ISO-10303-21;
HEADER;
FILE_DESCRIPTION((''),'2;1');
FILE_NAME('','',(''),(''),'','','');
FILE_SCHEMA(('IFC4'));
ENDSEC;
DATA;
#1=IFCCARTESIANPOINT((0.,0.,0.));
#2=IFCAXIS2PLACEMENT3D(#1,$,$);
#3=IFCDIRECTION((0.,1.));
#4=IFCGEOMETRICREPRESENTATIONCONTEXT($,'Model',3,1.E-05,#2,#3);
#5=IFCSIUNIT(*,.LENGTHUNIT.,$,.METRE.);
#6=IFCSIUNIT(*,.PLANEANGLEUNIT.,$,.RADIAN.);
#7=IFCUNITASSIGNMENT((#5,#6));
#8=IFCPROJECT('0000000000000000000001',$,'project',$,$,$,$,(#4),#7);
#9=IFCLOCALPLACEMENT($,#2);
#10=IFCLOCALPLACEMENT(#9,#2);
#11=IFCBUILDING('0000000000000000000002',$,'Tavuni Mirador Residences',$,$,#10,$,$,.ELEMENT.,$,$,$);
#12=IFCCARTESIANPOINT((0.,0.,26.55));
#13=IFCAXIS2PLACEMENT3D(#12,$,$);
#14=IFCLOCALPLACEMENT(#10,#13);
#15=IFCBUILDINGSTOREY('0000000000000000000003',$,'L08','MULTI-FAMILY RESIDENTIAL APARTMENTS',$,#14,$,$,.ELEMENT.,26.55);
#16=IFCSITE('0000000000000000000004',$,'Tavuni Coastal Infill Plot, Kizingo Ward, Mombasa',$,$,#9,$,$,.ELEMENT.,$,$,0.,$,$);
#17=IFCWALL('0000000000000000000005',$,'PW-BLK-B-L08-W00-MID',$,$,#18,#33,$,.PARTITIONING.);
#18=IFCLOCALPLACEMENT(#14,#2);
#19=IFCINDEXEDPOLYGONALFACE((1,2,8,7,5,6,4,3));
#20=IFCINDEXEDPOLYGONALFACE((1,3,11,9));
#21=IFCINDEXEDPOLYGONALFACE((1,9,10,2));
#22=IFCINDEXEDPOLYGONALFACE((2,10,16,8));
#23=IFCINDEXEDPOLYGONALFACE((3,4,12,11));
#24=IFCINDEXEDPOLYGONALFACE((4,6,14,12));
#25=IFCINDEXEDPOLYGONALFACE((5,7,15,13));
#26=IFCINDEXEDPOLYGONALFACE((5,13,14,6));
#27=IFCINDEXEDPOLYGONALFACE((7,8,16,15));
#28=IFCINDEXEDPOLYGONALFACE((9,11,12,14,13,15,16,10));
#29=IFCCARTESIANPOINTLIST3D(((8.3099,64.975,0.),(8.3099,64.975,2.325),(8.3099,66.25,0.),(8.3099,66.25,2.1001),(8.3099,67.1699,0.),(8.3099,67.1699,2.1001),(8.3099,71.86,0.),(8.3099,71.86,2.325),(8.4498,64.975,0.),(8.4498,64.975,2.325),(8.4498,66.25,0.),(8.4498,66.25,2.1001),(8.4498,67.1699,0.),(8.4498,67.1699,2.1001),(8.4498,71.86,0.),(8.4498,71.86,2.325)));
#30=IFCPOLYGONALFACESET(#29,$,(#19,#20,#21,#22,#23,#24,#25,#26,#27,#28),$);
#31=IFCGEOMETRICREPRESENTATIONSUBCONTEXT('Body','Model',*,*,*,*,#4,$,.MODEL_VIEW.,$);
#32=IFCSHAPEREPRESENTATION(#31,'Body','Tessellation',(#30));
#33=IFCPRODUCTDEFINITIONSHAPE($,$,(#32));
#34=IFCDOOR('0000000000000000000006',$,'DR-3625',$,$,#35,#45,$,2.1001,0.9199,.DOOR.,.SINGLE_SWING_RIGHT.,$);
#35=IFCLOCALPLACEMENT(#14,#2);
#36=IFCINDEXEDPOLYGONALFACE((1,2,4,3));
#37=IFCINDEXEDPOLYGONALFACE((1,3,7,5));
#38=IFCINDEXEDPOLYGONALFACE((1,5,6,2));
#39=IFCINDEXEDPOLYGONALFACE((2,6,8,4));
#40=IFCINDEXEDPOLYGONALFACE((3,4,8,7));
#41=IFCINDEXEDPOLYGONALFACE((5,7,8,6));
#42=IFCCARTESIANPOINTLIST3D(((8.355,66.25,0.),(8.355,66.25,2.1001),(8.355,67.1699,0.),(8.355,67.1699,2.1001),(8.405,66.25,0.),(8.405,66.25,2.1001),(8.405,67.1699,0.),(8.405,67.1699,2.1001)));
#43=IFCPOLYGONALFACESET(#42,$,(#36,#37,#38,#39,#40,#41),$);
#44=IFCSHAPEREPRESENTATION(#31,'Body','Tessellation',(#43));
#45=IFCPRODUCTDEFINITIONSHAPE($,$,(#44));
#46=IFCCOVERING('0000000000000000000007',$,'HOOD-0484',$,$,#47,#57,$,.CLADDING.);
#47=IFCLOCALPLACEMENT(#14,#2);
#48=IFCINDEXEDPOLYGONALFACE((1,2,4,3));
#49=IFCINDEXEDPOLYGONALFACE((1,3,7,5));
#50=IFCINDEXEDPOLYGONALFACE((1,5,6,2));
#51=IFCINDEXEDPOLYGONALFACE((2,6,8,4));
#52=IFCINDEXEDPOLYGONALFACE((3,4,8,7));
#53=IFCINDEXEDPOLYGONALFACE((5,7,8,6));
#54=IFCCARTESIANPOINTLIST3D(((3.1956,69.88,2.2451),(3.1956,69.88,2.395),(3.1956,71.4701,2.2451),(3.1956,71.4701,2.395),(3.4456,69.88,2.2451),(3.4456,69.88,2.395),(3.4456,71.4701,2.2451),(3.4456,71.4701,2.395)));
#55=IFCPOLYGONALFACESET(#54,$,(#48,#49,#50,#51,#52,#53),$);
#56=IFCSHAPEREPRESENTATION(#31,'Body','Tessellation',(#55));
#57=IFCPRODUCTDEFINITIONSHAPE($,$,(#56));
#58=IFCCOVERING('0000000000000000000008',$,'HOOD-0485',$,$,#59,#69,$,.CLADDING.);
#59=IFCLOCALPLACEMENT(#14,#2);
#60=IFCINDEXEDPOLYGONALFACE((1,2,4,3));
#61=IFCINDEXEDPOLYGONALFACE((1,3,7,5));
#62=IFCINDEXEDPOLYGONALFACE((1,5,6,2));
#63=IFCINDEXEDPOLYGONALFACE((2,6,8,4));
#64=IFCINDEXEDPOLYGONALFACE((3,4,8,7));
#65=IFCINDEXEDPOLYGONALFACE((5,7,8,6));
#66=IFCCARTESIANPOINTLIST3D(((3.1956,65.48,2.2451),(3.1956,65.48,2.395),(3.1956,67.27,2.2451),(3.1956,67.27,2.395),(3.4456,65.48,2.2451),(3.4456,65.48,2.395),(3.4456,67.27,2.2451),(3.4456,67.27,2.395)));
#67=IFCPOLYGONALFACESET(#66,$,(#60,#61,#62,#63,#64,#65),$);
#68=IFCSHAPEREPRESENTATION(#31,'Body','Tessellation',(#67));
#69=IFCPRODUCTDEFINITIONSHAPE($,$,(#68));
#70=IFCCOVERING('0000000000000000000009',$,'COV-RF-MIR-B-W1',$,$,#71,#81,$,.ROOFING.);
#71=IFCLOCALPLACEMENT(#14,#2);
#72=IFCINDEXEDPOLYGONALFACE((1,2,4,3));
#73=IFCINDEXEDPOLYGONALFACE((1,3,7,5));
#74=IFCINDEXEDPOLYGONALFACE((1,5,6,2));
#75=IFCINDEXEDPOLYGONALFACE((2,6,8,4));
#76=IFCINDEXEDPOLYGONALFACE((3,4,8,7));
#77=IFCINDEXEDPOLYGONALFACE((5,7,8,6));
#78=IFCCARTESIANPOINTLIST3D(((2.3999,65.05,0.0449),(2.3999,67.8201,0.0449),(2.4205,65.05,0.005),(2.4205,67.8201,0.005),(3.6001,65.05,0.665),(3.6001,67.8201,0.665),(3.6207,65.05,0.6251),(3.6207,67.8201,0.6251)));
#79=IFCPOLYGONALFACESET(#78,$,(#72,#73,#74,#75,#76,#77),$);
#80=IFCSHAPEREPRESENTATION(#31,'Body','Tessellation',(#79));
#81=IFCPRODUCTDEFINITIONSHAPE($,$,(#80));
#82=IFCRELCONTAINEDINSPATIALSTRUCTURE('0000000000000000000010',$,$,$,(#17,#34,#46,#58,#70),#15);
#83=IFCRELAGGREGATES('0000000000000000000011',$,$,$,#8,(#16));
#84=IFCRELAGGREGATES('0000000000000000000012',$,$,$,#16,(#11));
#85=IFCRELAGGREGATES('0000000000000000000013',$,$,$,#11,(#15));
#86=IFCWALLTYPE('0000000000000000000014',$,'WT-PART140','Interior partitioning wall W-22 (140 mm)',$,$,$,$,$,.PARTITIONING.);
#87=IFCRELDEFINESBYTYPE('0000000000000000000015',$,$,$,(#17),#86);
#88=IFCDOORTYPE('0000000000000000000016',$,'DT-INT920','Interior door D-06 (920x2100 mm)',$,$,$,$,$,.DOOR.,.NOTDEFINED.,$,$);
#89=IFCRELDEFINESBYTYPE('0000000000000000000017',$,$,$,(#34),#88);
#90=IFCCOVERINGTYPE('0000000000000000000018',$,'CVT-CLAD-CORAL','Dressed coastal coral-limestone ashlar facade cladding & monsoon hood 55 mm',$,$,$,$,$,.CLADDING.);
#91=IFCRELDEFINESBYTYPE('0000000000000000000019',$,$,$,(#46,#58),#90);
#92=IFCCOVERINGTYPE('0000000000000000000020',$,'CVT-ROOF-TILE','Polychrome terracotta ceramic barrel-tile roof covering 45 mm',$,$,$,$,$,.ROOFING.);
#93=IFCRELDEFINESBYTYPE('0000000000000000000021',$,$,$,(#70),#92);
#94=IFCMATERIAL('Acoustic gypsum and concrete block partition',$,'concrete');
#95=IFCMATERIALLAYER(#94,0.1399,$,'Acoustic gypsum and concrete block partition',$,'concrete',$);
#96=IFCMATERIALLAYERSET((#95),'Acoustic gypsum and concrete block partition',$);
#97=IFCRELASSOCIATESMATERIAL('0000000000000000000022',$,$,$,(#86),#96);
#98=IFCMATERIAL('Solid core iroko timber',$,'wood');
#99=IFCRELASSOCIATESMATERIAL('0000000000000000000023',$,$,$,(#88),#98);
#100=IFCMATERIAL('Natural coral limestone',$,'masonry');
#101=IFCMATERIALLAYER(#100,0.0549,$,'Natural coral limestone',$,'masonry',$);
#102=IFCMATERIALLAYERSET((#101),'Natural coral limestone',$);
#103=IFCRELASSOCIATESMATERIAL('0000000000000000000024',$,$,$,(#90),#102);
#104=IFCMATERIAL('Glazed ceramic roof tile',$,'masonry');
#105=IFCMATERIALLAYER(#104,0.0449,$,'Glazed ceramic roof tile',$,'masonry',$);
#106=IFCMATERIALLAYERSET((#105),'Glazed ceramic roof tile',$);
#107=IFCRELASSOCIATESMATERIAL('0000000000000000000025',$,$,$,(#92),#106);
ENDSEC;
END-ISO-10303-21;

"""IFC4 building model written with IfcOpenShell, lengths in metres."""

from ifc_helpers import new_model, si_unit, direction, frame, frame_2d, origin, origin_2d, place, context, subcontext, project, spatial, polyline, rectangle, outline, extrude, material, layer, layer_set, type_object, element, fill, save


model = new_model("IFC4")

# Units and contexts
model_context = context("Model", 3, precision=1e-05, world=origin(), true_north=direction((0.0, 1.0)))
body_context = subcontext(model_context, "Body", "Model", "MODEL_VIEW")
ifc_project = project(units=[si_unit("LENGTHUNIT", "METRE"), si_unit("PLANEANGLEUNIT", "RADIAN")], contexts=[model_context])

# Site, building, storey
site_placement = place(None, origin())
site = spatial("IfcSite", under=ifc_project, at=site_placement, Name="Tavuni Coastal Infill Plot, Kizingo Ward, Mombasa", CompositionType="ELEMENT", RefElevation=0.0)
building_placement = place(site_placement, origin())
building = spatial("IfcBuilding", under=site, at=building_placement, Name="Tavuni Mirador Residences", CompositionType="ELEMENT")
storey_placement = place(building_placement, frame((0.0, 0.0, 26.55)))
storey = spatial("IfcBuildingStorey", under=building, at=storey_placement, Name="L08", Description="MULTI-FAMILY RESIDENTIAL APARTMENTS", CompositionType="ELEMENT", Elevation=26.55)

# Shared definitions
ifc_material_1 = material(Name="Solid core iroko timber", Category="wood")

# Wall, opening, door
ifc_material_2 = material(Name="Acoustic gypsum and concrete block partition", Category="concrete")
ifc_layer_1 = layer(ifc_material_2, 0.1399, Name="Acoustic gypsum and concrete block partition", Category="concrete")
ifc_layer_set_1 = layer_set([ifc_layer_1], Name="Acoustic gypsum and concrete block partition")
wall_type_1 = type_object("IfcWallType", Name="WT-PART140", Description="Interior partitioning wall W-22 (140 mm)", PredefinedType="PARTITIONING", material=ifc_layer_set_1)
wall_1_placement = place(storey_placement, frame((8.3799, 64.9751, 0.0), z_axis=(0.0, 0.0, 1.0), x_axis=(0.0, 1.0, 0.0)))
wall_1 = element("IfcWall", 1, at=wall_1_placement, inside=storey, type_object=wall_type_1, Name="PW-BLK-B-L08-W00-MID", PredefinedType="PARTITIONING", context=body_context, shape_type="SweptSolid", body=[
    extrude(rectangle(XDim=6.885, YDim=0.1399, at=frame_2d((3.4424, 0.0))), origin(), (0.0, 0.0, 1.0), 2.325),
])
opening_1_placement = place(wall_1_placement, frame((1.2749, 0.0, 0.0)))
opening_1 = element("IfcOpeningElement", 2, at=opening_1_placement, cuts=wall_1, PredefinedType="OPENING", context=body_context, shape_type="SweptSolid", body=[
    extrude(rectangle(XDim=0.9199, YDim=2.1001, at=frame_2d((0.46, 1.05))), frame((0.0, 0.0801, 0.0), z_axis=(0.0, -1.0, 0.0), x_axis=(1.0, 0.0, 0.0)), (0.0, 0.0, 1.0), 0.1599),
])
door_type_1 = type_object("IfcDoorType", Name="DT-INT920", Description="Interior door D-06 (920x2100 mm)", OperationType="NOTDEFINED", PredefinedType="DOOR", material=ifc_material_1)
door_1_placement = place(opening_1_placement, origin())
door_1 = element("IfcDoor", 3, at=door_1_placement, inside=storey, type_object=door_type_1, Name="DR-3625", OperationType="SINGLE_SWING_RIGHT", OverallHeight=2.1001, OverallWidth=0.9199, PredefinedType="DOOR", context=body_context, shape_type="SweptSolid", body=[
    extrude(rectangle(XDim=0.9199, YDim=2.1001, at=frame_2d((0.46, 1.05))), frame((0.0, 0.0249, 0.0), z_axis=(0.0, -1.0, 0.0), x_axis=(1.0, 0.0, 0.0)), (0.0, 0.0, 1.0), 0.05),
])
fill(opening_1, door_1)

# Coverings
ifc_material_3 = material(Name="Natural coral limestone", Category="masonry")
ifc_layer_2 = layer(ifc_material_3, 0.0549, Name="Natural coral limestone", Category="masonry")
ifc_layer_set_2 = layer_set([ifc_layer_2], Name="Natural coral limestone")
covering_type_1 = type_object("IfcCoveringType", Name="CVT-CLAD-CORAL", Description="Dressed coastal coral-limestone ashlar facade cladding & monsoon hood 55 mm", PredefinedType="CLADDING", material=ifc_layer_set_2)
covering_1_placement = place(storey_placement, frame((3.3206, 70.675, 2.2451), z_axis=(0.0, 0.0, 1.0), x_axis=(0.0, -1.0, 0.0)))
element("IfcCovering", 4, at=covering_1_placement, inside=storey, type_object=covering_type_1, Name="HOOD-0484", PredefinedType="CLADDING", context=body_context, shape_type="SweptSolid", body=[
    extrude(rectangle(XDim=1.5901, YDim=0.25, at=origin_2d()), origin(), (0.0, 0.0, 1.0), 0.1499),
])
covering_2_placement = place(storey_placement, frame((3.3206, 66.375, 2.2451), z_axis=(0.0, 0.0, 1.0), x_axis=(0.0, -1.0, 0.0)))
element("IfcCovering", 5, at=covering_2_placement, inside=storey, type_object=covering_type_1, Name="HOOD-0485", PredefinedType="CLADDING", context=body_context, shape_type="SweptSolid", body=[
    extrude(rectangle(XDim=1.79, YDim=0.25, at=origin_2d()), origin(), (0.0, 0.0, 1.0), 0.1499),
])
ifc_material_4 = material(Name="Glazed ceramic roof tile", Category="masonry")
ifc_layer_3 = layer(ifc_material_4, 0.0449, Name="Glazed ceramic roof tile", Category="masonry")
ifc_layer_set_3 = layer_set([ifc_layer_3], Name="Glazed ceramic roof tile")
covering_type_2 = type_object("IfcCoveringType", Name="CVT-ROOF-TILE", Description="Polychrome terracotta ceramic barrel-tile roof covering 45 mm", PredefinedType="ROOFING", material=ifc_layer_set_3)
covering_3_placement = place(storey_placement, frame((3.6001, 65.05, 0.665), z_axis=(-0.45903, 0.0, 0.888421), x_axis=(0.0, 1.0, 0.0)))
element("IfcCovering", 6, at=covering_3_placement, inside=storey, type_object=covering_type_2, Name="COV-RF-MIR-B-W1", PredefinedType="ROOFING", context=body_context, shape_type="SweptSolid", body=[
    extrude(outline(polyline([(0.0, 0.0), (2.77, 0.0), (2.77, 1.3509), (0.0, 1.3509), (0.0, 0.0)])), origin(), (0.0, 0.0, -1.0), 0.0449),
])

save(model, "model.ifc")
